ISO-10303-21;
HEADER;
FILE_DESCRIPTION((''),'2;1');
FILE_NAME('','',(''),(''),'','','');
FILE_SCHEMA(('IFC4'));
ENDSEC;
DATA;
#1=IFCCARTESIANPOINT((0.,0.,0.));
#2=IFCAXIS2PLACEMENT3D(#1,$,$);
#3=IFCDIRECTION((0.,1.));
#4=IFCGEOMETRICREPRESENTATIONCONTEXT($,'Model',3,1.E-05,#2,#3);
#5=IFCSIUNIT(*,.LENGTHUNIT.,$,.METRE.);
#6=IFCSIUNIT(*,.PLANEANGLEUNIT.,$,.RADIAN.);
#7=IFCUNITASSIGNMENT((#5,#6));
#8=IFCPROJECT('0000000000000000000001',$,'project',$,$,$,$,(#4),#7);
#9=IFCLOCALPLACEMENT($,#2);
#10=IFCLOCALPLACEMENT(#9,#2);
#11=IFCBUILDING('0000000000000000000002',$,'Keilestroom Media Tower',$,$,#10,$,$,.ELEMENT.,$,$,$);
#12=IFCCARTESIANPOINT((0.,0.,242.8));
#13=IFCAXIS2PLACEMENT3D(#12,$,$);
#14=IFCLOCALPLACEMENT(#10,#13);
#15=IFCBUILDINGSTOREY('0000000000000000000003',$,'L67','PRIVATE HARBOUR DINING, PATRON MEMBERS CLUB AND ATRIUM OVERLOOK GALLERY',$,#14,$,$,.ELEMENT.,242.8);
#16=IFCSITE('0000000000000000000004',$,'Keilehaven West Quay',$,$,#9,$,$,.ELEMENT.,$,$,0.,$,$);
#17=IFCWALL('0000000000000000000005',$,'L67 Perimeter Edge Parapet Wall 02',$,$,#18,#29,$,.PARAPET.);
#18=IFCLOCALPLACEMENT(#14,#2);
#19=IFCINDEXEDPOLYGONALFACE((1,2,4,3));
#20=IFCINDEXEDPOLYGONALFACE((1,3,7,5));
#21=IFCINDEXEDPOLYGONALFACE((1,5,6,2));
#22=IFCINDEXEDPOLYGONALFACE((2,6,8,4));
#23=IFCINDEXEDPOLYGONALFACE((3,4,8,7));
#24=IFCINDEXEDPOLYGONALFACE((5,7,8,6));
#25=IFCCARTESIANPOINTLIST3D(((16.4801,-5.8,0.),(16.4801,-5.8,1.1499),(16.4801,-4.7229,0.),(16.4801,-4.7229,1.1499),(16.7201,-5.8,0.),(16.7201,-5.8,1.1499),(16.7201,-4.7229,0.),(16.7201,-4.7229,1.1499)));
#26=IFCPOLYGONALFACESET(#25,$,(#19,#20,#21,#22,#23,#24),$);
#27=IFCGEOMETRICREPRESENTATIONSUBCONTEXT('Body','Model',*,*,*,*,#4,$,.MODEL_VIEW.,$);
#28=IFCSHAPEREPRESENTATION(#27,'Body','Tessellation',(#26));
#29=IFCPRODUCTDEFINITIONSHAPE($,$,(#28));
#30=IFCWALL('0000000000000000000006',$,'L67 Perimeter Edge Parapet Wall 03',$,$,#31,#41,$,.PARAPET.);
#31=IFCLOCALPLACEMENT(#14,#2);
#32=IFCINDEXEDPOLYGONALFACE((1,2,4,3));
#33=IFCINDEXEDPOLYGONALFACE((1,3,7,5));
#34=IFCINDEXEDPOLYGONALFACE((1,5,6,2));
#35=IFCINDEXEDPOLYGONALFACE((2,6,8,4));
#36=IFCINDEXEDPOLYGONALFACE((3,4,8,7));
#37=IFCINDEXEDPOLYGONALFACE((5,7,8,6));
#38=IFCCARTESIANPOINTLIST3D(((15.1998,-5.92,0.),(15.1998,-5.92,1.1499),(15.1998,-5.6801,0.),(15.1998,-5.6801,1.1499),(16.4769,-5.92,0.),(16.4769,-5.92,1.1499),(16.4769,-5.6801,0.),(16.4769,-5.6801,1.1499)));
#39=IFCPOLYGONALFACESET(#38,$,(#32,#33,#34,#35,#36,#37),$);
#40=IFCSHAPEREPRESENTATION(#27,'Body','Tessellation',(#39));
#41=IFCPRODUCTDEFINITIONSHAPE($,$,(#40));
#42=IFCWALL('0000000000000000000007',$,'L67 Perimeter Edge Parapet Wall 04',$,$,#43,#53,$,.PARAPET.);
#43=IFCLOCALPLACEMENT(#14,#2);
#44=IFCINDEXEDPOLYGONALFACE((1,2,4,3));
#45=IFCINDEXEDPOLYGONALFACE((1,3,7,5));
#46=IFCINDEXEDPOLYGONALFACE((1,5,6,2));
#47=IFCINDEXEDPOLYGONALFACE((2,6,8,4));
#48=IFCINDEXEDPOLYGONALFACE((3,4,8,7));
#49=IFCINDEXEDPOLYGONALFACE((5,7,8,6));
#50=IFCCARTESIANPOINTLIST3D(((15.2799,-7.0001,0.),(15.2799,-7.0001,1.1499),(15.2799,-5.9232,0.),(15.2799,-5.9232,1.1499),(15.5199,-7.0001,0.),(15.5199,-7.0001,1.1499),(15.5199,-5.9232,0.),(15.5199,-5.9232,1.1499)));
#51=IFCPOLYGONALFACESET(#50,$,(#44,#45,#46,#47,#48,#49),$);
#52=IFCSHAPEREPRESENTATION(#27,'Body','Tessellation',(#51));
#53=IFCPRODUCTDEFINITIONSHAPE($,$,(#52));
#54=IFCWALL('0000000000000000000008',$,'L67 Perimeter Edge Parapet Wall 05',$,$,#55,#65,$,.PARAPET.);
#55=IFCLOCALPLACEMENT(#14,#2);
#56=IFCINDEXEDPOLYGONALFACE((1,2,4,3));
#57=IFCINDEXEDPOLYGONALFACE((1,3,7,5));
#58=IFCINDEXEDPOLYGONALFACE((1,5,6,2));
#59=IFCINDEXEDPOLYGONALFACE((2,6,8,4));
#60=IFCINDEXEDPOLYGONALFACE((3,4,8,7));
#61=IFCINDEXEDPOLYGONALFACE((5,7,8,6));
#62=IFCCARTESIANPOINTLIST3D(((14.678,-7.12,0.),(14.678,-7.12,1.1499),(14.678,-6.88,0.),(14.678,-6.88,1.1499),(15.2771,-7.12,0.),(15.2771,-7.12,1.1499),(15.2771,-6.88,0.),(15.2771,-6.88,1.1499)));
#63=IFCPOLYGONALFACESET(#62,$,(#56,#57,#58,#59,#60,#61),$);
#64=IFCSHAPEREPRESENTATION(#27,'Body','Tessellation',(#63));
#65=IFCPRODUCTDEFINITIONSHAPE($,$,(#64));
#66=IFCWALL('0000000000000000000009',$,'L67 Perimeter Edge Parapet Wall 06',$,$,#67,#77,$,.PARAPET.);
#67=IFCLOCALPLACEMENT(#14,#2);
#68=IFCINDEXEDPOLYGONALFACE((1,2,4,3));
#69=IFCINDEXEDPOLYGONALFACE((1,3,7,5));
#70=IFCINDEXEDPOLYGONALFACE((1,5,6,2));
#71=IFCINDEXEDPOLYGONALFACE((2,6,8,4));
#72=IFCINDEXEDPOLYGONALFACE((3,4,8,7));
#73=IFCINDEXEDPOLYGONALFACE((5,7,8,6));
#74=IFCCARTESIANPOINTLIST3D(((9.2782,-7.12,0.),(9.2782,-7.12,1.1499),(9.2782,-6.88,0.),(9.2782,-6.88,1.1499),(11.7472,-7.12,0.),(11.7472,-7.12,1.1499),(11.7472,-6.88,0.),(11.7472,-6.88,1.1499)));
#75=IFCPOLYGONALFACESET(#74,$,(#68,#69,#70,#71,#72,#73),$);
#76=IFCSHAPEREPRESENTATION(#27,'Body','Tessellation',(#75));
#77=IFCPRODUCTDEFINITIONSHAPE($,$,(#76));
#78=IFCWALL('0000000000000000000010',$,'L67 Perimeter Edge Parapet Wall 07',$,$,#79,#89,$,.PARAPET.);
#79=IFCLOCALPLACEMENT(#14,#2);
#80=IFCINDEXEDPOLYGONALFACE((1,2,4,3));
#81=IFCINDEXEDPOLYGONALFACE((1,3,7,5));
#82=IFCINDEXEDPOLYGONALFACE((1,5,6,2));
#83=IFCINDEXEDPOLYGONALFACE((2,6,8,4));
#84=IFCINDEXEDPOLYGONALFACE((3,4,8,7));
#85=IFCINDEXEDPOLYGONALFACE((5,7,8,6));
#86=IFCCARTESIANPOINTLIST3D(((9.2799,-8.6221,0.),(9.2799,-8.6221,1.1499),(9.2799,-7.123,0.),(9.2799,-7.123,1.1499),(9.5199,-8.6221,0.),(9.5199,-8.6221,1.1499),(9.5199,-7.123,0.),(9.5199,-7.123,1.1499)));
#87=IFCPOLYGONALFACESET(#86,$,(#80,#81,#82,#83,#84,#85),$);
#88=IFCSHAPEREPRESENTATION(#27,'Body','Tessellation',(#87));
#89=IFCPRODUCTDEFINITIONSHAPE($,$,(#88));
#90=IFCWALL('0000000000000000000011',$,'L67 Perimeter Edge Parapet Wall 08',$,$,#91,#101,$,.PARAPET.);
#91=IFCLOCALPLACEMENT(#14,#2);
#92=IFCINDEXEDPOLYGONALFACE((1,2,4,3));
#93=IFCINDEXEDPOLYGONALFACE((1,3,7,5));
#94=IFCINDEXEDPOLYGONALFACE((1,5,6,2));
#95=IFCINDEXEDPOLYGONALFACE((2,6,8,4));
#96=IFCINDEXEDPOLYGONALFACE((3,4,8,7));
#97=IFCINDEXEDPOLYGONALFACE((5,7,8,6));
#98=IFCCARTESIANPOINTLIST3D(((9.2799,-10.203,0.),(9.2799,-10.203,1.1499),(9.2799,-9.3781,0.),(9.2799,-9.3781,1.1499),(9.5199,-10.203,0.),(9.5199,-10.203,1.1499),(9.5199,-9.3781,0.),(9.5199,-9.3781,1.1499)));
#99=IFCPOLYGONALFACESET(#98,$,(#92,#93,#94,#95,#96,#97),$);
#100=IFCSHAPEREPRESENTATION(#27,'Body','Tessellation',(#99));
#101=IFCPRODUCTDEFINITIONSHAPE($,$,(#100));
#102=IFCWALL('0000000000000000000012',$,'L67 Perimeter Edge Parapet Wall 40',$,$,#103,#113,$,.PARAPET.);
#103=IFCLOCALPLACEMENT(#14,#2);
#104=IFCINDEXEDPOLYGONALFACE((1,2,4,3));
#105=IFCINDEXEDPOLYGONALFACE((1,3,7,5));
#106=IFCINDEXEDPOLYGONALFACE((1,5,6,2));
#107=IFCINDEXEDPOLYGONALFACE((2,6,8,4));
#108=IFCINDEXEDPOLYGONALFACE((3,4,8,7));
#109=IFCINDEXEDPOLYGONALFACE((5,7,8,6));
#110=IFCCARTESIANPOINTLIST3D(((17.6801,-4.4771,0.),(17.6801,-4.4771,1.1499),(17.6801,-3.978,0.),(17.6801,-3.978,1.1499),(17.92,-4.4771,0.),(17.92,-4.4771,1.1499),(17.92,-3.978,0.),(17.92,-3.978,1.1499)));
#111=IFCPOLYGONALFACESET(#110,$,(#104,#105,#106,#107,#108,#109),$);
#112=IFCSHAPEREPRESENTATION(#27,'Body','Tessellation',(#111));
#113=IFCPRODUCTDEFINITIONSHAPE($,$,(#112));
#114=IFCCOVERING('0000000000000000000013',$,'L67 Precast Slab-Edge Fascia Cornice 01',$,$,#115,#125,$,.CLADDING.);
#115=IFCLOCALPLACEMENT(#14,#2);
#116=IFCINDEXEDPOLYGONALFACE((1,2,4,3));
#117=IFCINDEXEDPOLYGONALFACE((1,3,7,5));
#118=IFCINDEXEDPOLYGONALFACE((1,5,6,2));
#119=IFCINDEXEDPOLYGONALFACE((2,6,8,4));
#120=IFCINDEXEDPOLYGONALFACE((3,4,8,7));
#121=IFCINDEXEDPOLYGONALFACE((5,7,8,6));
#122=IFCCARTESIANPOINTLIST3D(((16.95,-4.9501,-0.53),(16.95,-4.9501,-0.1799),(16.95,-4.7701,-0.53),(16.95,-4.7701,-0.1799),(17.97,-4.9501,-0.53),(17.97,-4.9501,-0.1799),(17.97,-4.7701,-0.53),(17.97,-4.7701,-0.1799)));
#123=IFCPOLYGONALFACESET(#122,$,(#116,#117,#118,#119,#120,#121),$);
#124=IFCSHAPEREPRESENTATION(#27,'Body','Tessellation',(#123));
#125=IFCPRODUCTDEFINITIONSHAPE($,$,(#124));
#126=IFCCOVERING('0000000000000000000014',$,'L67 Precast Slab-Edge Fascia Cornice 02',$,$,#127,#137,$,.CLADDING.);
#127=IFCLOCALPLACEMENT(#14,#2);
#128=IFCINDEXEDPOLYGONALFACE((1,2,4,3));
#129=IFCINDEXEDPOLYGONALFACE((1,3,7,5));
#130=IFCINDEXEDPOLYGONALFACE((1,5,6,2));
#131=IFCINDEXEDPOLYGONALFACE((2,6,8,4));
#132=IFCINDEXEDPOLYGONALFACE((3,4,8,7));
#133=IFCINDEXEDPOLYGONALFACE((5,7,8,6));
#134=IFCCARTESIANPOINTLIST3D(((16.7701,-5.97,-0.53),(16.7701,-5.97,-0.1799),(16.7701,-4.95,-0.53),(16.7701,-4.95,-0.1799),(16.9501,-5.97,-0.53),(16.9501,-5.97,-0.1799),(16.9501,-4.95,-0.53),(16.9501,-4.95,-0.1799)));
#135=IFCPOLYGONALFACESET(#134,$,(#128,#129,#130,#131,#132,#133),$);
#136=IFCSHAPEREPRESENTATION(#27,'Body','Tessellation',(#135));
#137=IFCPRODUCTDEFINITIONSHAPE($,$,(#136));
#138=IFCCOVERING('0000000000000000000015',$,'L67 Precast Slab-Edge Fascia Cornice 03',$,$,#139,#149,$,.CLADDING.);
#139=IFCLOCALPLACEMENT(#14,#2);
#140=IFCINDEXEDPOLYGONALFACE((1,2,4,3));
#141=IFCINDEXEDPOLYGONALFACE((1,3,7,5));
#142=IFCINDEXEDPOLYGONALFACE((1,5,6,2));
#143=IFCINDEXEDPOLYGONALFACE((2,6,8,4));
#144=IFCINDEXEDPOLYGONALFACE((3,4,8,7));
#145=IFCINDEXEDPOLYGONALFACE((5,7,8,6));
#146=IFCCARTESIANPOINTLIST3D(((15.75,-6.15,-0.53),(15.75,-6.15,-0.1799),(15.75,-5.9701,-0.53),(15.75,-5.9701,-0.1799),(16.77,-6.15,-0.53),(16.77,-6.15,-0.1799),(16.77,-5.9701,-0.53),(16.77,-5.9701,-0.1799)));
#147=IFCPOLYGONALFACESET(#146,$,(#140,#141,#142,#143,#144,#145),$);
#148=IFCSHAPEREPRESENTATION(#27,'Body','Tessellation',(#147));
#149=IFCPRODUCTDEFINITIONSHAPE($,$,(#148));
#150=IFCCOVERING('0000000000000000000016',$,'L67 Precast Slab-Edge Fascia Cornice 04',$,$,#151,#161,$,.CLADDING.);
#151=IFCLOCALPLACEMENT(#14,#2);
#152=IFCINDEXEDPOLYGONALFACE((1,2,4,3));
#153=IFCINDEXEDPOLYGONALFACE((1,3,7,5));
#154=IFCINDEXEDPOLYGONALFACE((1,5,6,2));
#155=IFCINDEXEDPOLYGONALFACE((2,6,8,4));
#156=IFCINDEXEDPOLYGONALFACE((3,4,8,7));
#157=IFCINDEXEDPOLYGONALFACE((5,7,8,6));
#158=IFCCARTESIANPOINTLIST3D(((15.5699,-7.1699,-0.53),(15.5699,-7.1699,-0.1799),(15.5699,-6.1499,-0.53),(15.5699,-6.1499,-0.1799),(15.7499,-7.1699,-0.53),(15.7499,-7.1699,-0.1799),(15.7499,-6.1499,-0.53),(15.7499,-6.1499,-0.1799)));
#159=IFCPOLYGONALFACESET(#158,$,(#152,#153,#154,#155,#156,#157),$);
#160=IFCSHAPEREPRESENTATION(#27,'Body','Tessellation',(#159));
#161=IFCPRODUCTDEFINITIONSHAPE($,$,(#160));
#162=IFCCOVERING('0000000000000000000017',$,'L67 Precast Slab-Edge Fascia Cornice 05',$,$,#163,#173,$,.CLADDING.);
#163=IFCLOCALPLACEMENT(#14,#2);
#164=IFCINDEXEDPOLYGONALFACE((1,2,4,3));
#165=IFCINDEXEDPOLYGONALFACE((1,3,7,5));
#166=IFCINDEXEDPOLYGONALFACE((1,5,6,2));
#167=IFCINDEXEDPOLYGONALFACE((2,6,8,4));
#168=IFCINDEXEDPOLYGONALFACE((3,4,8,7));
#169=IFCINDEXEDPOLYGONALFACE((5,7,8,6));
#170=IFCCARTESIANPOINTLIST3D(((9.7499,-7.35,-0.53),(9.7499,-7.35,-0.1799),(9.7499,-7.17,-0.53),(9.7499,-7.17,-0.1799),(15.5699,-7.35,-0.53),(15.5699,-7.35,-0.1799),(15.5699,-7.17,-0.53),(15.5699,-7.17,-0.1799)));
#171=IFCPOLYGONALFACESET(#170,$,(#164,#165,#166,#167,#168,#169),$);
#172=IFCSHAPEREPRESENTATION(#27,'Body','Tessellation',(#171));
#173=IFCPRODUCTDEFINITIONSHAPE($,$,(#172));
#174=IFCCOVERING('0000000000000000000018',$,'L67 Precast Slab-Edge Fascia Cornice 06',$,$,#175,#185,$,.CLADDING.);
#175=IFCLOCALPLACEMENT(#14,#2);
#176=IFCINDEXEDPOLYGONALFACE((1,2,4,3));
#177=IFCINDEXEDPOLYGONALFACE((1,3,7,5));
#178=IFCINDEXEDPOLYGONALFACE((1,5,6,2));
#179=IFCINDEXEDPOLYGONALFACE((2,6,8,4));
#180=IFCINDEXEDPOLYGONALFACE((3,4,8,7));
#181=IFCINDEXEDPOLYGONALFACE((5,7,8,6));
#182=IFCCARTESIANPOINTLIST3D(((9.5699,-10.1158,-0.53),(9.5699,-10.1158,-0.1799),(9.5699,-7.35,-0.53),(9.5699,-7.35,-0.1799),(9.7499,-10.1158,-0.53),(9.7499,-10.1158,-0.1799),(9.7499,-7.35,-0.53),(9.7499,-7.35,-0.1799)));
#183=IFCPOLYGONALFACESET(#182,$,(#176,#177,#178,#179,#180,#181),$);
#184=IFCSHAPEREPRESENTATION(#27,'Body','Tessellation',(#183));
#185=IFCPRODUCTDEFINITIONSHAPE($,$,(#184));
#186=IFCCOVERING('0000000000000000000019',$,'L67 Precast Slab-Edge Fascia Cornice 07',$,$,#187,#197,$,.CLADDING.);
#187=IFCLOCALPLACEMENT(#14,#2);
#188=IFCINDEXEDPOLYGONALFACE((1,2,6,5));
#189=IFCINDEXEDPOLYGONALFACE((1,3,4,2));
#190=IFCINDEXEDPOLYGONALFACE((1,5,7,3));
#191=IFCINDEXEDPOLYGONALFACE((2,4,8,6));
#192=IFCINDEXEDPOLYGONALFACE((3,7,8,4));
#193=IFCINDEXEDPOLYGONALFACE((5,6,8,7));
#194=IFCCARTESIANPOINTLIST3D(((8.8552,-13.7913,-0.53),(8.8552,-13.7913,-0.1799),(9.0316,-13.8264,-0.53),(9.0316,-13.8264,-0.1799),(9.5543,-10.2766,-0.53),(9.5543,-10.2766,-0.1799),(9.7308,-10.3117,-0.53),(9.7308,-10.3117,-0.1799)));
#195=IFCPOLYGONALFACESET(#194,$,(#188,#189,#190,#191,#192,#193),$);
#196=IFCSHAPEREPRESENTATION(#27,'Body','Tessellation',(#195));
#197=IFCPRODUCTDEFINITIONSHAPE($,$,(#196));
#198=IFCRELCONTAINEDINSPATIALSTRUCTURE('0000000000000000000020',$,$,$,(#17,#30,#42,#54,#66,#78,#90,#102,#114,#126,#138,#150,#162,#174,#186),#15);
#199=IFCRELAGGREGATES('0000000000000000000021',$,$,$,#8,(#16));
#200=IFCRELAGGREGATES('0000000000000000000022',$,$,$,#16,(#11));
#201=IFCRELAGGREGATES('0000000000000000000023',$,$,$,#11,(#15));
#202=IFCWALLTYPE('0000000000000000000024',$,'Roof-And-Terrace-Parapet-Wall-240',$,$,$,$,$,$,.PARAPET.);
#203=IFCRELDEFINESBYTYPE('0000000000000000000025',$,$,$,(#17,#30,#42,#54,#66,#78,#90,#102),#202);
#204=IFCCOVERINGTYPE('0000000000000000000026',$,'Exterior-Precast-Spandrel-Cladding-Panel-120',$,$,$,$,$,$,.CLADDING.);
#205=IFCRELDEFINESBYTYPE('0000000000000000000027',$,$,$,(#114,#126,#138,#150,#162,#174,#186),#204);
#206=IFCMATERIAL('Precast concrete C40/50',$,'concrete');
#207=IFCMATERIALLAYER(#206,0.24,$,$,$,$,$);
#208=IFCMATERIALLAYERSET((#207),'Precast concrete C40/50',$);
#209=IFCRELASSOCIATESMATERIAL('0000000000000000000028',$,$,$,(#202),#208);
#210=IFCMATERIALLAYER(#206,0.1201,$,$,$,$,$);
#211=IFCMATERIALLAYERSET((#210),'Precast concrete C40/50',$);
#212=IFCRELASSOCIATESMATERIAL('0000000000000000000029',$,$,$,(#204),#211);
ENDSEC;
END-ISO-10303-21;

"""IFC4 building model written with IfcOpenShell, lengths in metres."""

from ifc_helpers import new_model, si_unit, direction, frame, frame_2d, origin, origin_2d, place, context, subcontext, project, spatial, rectangle, extrude, source, transform, mapped, material, layer, layer_set, type_object, element, save


model = new_model("IFC4")

# Units and contexts
model_context = context("Model", 3, precision=1e-05, world=origin(), true_north=direction((0.0, 1.0)))
body_context = subcontext(model_context, "Body", "Model", "MODEL_VIEW")
ifc_project = project(units=[si_unit("LENGTHUNIT", "METRE"), si_unit("PLANEANGLEUNIT", "RADIAN")], contexts=[model_context])

# Site, building, storey
site_placement = place(None, origin())
site = spatial("IfcSite", under=ifc_project, at=site_placement, Name="Keilehaven West Quay", CompositionType="ELEMENT", RefElevation=0.0)
building_placement = place(site_placement, origin())
building = spatial("IfcBuilding", under=site, at=building_placement, Name="Keilestroom Media Tower", CompositionType="ELEMENT")
storey_placement = place(building_placement, frame((0.0, 0.0, 242.8)))
storey = spatial("IfcBuildingStorey", under=building, at=storey_placement, Name="L67", Description="PRIVATE HARBOUR DINING, PATRON MEMBERS CLUB AND ATRIUM OVERLOOK GALLERY", CompositionType="ELEMENT", Elevation=242.8)

# Shared definitions
ifc_material_1 = material(Name="Precast concrete C40/50", Category="concrete")

# Walls
ifc_layer_1 = layer(ifc_material_1, 0.24)
ifc_layer_set_1 = layer_set([ifc_layer_1], Name="Precast concrete C40/50")
wall_type_1 = type_object("IfcWallType", Name="Roof-And-Terrace-Parapet-Wall-240", PredefinedType="PARAPET", material=ifc_layer_set_1)
wall_1_placement = place(storey_placement, frame((16.6001, -4.7229, 0.0), z_axis=(0.0, 0.0, 1.0), x_axis=(0.0, -1.0, 0.0)))
element("IfcWall", 1, at=wall_1_placement, inside=storey, type_object=wall_type_1, Name="L67 Perimeter Edge Parapet Wall 02", PredefinedType="PARAPET", context=body_context, shape_type="SweptSolid", body=[
    extrude(rectangle(XDim=1.0771, YDim=0.24, at=frame_2d((0.5386, 0.0))), origin(), (0.0, 0.0, 1.0), 1.1499),
])
wall_2_placement = place(storey_placement, frame((16.4771, -5.8, 0.0), z_axis=(0.0, 0.0, 1.0), x_axis=(-1.0, 0.0, 0.0)))
element("IfcWall", 2, at=wall_2_placement, inside=storey, type_object=wall_type_1, Name="L67 Perimeter Edge Parapet Wall 03", PredefinedType="PARAPET", context=body_context, shape_type="SweptSolid", body=[
    extrude(rectangle(XDim=1.2771, YDim=0.24, at=frame_2d((0.6387, 0.0))), origin(), (0.0, 0.0, 1.0), 1.1499),
])
wall_3_placement = place(storey_placement, frame((15.3999, -5.9231, 0.0), z_axis=(0.0, 0.0, 1.0), x_axis=(0.0, -1.0, 0.0)))
element("IfcWall", 3, at=wall_3_placement, inside=storey, type_object=wall_type_1, Name="L67 Perimeter Edge Parapet Wall 04", PredefinedType="PARAPET", context=body_context, shape_type="SweptSolid", body=[
    extrude(rectangle(XDim=1.0769, YDim=0.24, at=frame_2d((0.5386, 0.0))), origin(), (0.0, 0.0, 1.0), 1.1499),
])
wall_4_placement = place(storey_placement, frame((15.2771, -7.0, 0.0), z_axis=(0.0, 0.0, 1.0), x_axis=(-1.0, 0.0, 0.0)))
element("IfcWall", 4, at=wall_4_placement, inside=storey, type_object=wall_type_1, Name="L67 Perimeter Edge Parapet Wall 05", PredefinedType="PARAPET", context=body_context, shape_type="SweptSolid", body=[
    extrude(rectangle(XDim=0.5991, YDim=0.24, at=frame_2d((0.2996, 0.0))), origin(), (0.0, 0.0, 1.0), 1.1499),
])
wall_5_placement = place(storey_placement, frame((11.7471, -7.0, 0.0), z_axis=(0.0, 0.0, 1.0), x_axis=(-1.0, 0.0, 0.0)))
element("IfcWall", 5, at=wall_5_placement, inside=storey, type_object=wall_type_1, Name="L67 Perimeter Edge Parapet Wall 06", PredefinedType="PARAPET", context=body_context, shape_type="SweptSolid", body=[
    extrude(rectangle(XDim=2.469, YDim=0.24, at=frame_2d((1.2344, 0.0))), origin(), (0.0, 0.0, 1.0), 1.1499),
])
wall_6_placement = place(storey_placement, frame((9.3999, -7.123, 0.0), z_axis=(0.0, 0.0, 1.0), x_axis=(0.0, -1.0, 0.0)))
element("IfcWall", 6, at=wall_6_placement, inside=storey, type_object=wall_type_1, Name="L67 Perimeter Edge Parapet Wall 07", PredefinedType="PARAPET", context=body_context, shape_type="SweptSolid", body=[
    extrude(rectangle(XDim=1.499, YDim=0.24, at=frame_2d((0.7495, 0.0))), origin(), (0.0, 0.0, 1.0), 1.1499),
])
wall_7_placement = place(storey_placement, frame((9.3999, -9.3779, 0.0), z_axis=(0.0, 0.0, 1.0), x_axis=(0.0, -1.0, 0.0)))
element("IfcWall", 7, at=wall_7_placement, inside=storey, type_object=wall_type_1, Name="L67 Perimeter Edge Parapet Wall 08", PredefinedType="PARAPET", context=body_context, shape_type="SweptSolid", body=[
    extrude(rectangle(XDim=0.825, YDim=0.24, at=frame_2d((0.4126, 0.0))), origin(), (0.0, 0.0, 1.0), 1.1499),
])
wall_8_placement = place(storey_placement, frame((17.8, -3.978, 0.0), z_axis=(0.0, 0.0, 1.0), x_axis=(0.0, -1.0, 0.0)))
element("IfcWall", 8, at=wall_8_placement, inside=storey, type_object=wall_type_1, Name="L67 Perimeter Edge Parapet Wall 40", PredefinedType="PARAPET", context=body_context, shape_type="SweptSolid", body=[
    extrude(rectangle(XDim=0.499, YDim=0.24, at=frame_2d((0.2495, 0.0))), origin(), (0.0, 0.0, 1.0), 1.1499),
])

# Coverings
ifc_layer_2 = layer(ifc_material_1, 0.1201)
ifc_layer_set_2 = layer_set([ifc_layer_2], Name="Precast concrete C40/50")
covering_type = type_object("IfcCoveringType", Name="Exterior-Precast-Spandrel-Cladding-Panel-120", PredefinedType="CLADDING", material=ifc_layer_set_2)
shared_shape_1 = source(origin(), body_context, "Body", "SweptSolid", [
    extrude(rectangle(XDim=1.02, YDim=0.1799, at=origin_2d()), origin(), (0.0, 0.0, 1.0), 0.3501),
])
for number, where, z_axis, x_axis, name in (
    (9, (17.46, -4.8601, -0.53), (0.0, 0.0, 1.0), (-1.0, 0.0, 0.0), "L67 Precast Slab-Edge Fascia Cornice 01"),
    (10, (16.8601, -5.46, -0.53), (0.0, 0.0, 1.0), (0.0, -1.0, 0.0), "L67 Precast Slab-Edge Fascia Cornice 02"),
    (11, (16.26, -6.0601, -0.53), (0.0, 0.0, 1.0), (-1.0, 0.0, 0.0), "L67 Precast Slab-Edge Fascia Cornice 03"),
    (12, (15.6599, -6.6599, -0.53), (0.0, 0.0, 1.0), (0.0, -1.0, 0.0), "L67 Precast Slab-Edge Fascia Cornice 04"),
):
    element("IfcCovering", number, at=place(storey_placement, frame(where, z_axis=z_axis, x_axis=x_axis)), inside=storey, type_object=covering_type, Name=name, PredefinedType="CLADDING", context=body_context, shape_type="MappedRepresentation", body=[
        mapped(shared_shape_1, transform((0.0, 0.0, 0.0), x_axis=(1.0, 0.0, 0.0), y_axis=(0.0, 1.0, 0.0), z_axis=(0.0, 0.0, 1.0), scale=1.0)),
    ])
shared_shape_2 = source(origin(), body_context, "Body", "SweptSolid", [
    extrude(rectangle(XDim=5.8201, YDim=0.1799, at=origin_2d()), origin(), (0.0, 0.0, 1.0), 0.3501),
])
covering_1_placement = place(storey_placement, frame((12.6599, -7.26, -0.53), z_axis=(0.0, 0.0, 1.0), x_axis=(-1.0, 0.0, 0.0)))
element("IfcCovering", 13, at=covering_1_placement, inside=storey, type_object=covering_type, Name="L67 Precast Slab-Edge Fascia Cornice 05", PredefinedType="CLADDING", context=body_context, shape_type="MappedRepresentation", body=[
    mapped(shared_shape_2, transform((0.0, 0.0, 0.0), x_axis=(1.0, 0.0, 0.0), y_axis=(0.0, 1.0, 0.0), z_axis=(0.0, 0.0, 1.0), scale=1.0)),
])
shared_shape_3 = source(origin(), body_context, "Body", "SweptSolid", [
    extrude(rectangle(XDim=2.7659, YDim=0.1799, at=origin_2d()), origin(), (0.0, 0.0, 1.0), 0.3501),
])
covering_2_placement = place(storey_placement, frame((9.6599, -8.7329, -0.53), z_axis=(0.0, 0.0, 1.0), x_axis=(0.0, -1.0, 0.0)))
element("IfcCovering", 14, at=covering_2_placement, inside=storey, type_object=covering_type, Name="L67 Precast Slab-Edge Fascia Cornice 06", PredefinedType="CLADDING", context=body_context, shape_type="MappedRepresentation", body=[
    mapped(shared_shape_3, transform((0.0, 0.0, 0.0), x_axis=(1.0, 0.0, 0.0), y_axis=(0.0, 1.0, 0.0), z_axis=(0.0, 0.0, 1.0), scale=1.0)),
])
shared_shape_4 = source(origin(), body_context, "Body", "SweptSolid", [
    extrude(rectangle(XDim=3.5835, YDim=0.1799, at=origin_2d()), origin(), (0.0, 0.0, 1.0), 0.3501),
])
covering_3_placement = place(storey_placement, frame((9.293, -12.0515, -0.53), z_axis=(0.0, 0.0, 1.0), x_axis=(-0.195099, -0.980784, 0.0)))
element("IfcCovering", 15, at=covering_3_placement, inside=storey, type_object=covering_type, Name="L67 Precast Slab-Edge Fascia Cornice 07", PredefinedType="CLADDING", context=body_context, shape_type="MappedRepresentation", body=[
    mapped(shared_shape_4, transform((0.0, 0.0, 0.0), x_axis=(1.0, 0.0, 0.0), y_axis=(0.0, 1.0, 0.0), z_axis=(0.0, 0.0, 1.0), scale=1.0)),
])

save(model, "model.ifc")
